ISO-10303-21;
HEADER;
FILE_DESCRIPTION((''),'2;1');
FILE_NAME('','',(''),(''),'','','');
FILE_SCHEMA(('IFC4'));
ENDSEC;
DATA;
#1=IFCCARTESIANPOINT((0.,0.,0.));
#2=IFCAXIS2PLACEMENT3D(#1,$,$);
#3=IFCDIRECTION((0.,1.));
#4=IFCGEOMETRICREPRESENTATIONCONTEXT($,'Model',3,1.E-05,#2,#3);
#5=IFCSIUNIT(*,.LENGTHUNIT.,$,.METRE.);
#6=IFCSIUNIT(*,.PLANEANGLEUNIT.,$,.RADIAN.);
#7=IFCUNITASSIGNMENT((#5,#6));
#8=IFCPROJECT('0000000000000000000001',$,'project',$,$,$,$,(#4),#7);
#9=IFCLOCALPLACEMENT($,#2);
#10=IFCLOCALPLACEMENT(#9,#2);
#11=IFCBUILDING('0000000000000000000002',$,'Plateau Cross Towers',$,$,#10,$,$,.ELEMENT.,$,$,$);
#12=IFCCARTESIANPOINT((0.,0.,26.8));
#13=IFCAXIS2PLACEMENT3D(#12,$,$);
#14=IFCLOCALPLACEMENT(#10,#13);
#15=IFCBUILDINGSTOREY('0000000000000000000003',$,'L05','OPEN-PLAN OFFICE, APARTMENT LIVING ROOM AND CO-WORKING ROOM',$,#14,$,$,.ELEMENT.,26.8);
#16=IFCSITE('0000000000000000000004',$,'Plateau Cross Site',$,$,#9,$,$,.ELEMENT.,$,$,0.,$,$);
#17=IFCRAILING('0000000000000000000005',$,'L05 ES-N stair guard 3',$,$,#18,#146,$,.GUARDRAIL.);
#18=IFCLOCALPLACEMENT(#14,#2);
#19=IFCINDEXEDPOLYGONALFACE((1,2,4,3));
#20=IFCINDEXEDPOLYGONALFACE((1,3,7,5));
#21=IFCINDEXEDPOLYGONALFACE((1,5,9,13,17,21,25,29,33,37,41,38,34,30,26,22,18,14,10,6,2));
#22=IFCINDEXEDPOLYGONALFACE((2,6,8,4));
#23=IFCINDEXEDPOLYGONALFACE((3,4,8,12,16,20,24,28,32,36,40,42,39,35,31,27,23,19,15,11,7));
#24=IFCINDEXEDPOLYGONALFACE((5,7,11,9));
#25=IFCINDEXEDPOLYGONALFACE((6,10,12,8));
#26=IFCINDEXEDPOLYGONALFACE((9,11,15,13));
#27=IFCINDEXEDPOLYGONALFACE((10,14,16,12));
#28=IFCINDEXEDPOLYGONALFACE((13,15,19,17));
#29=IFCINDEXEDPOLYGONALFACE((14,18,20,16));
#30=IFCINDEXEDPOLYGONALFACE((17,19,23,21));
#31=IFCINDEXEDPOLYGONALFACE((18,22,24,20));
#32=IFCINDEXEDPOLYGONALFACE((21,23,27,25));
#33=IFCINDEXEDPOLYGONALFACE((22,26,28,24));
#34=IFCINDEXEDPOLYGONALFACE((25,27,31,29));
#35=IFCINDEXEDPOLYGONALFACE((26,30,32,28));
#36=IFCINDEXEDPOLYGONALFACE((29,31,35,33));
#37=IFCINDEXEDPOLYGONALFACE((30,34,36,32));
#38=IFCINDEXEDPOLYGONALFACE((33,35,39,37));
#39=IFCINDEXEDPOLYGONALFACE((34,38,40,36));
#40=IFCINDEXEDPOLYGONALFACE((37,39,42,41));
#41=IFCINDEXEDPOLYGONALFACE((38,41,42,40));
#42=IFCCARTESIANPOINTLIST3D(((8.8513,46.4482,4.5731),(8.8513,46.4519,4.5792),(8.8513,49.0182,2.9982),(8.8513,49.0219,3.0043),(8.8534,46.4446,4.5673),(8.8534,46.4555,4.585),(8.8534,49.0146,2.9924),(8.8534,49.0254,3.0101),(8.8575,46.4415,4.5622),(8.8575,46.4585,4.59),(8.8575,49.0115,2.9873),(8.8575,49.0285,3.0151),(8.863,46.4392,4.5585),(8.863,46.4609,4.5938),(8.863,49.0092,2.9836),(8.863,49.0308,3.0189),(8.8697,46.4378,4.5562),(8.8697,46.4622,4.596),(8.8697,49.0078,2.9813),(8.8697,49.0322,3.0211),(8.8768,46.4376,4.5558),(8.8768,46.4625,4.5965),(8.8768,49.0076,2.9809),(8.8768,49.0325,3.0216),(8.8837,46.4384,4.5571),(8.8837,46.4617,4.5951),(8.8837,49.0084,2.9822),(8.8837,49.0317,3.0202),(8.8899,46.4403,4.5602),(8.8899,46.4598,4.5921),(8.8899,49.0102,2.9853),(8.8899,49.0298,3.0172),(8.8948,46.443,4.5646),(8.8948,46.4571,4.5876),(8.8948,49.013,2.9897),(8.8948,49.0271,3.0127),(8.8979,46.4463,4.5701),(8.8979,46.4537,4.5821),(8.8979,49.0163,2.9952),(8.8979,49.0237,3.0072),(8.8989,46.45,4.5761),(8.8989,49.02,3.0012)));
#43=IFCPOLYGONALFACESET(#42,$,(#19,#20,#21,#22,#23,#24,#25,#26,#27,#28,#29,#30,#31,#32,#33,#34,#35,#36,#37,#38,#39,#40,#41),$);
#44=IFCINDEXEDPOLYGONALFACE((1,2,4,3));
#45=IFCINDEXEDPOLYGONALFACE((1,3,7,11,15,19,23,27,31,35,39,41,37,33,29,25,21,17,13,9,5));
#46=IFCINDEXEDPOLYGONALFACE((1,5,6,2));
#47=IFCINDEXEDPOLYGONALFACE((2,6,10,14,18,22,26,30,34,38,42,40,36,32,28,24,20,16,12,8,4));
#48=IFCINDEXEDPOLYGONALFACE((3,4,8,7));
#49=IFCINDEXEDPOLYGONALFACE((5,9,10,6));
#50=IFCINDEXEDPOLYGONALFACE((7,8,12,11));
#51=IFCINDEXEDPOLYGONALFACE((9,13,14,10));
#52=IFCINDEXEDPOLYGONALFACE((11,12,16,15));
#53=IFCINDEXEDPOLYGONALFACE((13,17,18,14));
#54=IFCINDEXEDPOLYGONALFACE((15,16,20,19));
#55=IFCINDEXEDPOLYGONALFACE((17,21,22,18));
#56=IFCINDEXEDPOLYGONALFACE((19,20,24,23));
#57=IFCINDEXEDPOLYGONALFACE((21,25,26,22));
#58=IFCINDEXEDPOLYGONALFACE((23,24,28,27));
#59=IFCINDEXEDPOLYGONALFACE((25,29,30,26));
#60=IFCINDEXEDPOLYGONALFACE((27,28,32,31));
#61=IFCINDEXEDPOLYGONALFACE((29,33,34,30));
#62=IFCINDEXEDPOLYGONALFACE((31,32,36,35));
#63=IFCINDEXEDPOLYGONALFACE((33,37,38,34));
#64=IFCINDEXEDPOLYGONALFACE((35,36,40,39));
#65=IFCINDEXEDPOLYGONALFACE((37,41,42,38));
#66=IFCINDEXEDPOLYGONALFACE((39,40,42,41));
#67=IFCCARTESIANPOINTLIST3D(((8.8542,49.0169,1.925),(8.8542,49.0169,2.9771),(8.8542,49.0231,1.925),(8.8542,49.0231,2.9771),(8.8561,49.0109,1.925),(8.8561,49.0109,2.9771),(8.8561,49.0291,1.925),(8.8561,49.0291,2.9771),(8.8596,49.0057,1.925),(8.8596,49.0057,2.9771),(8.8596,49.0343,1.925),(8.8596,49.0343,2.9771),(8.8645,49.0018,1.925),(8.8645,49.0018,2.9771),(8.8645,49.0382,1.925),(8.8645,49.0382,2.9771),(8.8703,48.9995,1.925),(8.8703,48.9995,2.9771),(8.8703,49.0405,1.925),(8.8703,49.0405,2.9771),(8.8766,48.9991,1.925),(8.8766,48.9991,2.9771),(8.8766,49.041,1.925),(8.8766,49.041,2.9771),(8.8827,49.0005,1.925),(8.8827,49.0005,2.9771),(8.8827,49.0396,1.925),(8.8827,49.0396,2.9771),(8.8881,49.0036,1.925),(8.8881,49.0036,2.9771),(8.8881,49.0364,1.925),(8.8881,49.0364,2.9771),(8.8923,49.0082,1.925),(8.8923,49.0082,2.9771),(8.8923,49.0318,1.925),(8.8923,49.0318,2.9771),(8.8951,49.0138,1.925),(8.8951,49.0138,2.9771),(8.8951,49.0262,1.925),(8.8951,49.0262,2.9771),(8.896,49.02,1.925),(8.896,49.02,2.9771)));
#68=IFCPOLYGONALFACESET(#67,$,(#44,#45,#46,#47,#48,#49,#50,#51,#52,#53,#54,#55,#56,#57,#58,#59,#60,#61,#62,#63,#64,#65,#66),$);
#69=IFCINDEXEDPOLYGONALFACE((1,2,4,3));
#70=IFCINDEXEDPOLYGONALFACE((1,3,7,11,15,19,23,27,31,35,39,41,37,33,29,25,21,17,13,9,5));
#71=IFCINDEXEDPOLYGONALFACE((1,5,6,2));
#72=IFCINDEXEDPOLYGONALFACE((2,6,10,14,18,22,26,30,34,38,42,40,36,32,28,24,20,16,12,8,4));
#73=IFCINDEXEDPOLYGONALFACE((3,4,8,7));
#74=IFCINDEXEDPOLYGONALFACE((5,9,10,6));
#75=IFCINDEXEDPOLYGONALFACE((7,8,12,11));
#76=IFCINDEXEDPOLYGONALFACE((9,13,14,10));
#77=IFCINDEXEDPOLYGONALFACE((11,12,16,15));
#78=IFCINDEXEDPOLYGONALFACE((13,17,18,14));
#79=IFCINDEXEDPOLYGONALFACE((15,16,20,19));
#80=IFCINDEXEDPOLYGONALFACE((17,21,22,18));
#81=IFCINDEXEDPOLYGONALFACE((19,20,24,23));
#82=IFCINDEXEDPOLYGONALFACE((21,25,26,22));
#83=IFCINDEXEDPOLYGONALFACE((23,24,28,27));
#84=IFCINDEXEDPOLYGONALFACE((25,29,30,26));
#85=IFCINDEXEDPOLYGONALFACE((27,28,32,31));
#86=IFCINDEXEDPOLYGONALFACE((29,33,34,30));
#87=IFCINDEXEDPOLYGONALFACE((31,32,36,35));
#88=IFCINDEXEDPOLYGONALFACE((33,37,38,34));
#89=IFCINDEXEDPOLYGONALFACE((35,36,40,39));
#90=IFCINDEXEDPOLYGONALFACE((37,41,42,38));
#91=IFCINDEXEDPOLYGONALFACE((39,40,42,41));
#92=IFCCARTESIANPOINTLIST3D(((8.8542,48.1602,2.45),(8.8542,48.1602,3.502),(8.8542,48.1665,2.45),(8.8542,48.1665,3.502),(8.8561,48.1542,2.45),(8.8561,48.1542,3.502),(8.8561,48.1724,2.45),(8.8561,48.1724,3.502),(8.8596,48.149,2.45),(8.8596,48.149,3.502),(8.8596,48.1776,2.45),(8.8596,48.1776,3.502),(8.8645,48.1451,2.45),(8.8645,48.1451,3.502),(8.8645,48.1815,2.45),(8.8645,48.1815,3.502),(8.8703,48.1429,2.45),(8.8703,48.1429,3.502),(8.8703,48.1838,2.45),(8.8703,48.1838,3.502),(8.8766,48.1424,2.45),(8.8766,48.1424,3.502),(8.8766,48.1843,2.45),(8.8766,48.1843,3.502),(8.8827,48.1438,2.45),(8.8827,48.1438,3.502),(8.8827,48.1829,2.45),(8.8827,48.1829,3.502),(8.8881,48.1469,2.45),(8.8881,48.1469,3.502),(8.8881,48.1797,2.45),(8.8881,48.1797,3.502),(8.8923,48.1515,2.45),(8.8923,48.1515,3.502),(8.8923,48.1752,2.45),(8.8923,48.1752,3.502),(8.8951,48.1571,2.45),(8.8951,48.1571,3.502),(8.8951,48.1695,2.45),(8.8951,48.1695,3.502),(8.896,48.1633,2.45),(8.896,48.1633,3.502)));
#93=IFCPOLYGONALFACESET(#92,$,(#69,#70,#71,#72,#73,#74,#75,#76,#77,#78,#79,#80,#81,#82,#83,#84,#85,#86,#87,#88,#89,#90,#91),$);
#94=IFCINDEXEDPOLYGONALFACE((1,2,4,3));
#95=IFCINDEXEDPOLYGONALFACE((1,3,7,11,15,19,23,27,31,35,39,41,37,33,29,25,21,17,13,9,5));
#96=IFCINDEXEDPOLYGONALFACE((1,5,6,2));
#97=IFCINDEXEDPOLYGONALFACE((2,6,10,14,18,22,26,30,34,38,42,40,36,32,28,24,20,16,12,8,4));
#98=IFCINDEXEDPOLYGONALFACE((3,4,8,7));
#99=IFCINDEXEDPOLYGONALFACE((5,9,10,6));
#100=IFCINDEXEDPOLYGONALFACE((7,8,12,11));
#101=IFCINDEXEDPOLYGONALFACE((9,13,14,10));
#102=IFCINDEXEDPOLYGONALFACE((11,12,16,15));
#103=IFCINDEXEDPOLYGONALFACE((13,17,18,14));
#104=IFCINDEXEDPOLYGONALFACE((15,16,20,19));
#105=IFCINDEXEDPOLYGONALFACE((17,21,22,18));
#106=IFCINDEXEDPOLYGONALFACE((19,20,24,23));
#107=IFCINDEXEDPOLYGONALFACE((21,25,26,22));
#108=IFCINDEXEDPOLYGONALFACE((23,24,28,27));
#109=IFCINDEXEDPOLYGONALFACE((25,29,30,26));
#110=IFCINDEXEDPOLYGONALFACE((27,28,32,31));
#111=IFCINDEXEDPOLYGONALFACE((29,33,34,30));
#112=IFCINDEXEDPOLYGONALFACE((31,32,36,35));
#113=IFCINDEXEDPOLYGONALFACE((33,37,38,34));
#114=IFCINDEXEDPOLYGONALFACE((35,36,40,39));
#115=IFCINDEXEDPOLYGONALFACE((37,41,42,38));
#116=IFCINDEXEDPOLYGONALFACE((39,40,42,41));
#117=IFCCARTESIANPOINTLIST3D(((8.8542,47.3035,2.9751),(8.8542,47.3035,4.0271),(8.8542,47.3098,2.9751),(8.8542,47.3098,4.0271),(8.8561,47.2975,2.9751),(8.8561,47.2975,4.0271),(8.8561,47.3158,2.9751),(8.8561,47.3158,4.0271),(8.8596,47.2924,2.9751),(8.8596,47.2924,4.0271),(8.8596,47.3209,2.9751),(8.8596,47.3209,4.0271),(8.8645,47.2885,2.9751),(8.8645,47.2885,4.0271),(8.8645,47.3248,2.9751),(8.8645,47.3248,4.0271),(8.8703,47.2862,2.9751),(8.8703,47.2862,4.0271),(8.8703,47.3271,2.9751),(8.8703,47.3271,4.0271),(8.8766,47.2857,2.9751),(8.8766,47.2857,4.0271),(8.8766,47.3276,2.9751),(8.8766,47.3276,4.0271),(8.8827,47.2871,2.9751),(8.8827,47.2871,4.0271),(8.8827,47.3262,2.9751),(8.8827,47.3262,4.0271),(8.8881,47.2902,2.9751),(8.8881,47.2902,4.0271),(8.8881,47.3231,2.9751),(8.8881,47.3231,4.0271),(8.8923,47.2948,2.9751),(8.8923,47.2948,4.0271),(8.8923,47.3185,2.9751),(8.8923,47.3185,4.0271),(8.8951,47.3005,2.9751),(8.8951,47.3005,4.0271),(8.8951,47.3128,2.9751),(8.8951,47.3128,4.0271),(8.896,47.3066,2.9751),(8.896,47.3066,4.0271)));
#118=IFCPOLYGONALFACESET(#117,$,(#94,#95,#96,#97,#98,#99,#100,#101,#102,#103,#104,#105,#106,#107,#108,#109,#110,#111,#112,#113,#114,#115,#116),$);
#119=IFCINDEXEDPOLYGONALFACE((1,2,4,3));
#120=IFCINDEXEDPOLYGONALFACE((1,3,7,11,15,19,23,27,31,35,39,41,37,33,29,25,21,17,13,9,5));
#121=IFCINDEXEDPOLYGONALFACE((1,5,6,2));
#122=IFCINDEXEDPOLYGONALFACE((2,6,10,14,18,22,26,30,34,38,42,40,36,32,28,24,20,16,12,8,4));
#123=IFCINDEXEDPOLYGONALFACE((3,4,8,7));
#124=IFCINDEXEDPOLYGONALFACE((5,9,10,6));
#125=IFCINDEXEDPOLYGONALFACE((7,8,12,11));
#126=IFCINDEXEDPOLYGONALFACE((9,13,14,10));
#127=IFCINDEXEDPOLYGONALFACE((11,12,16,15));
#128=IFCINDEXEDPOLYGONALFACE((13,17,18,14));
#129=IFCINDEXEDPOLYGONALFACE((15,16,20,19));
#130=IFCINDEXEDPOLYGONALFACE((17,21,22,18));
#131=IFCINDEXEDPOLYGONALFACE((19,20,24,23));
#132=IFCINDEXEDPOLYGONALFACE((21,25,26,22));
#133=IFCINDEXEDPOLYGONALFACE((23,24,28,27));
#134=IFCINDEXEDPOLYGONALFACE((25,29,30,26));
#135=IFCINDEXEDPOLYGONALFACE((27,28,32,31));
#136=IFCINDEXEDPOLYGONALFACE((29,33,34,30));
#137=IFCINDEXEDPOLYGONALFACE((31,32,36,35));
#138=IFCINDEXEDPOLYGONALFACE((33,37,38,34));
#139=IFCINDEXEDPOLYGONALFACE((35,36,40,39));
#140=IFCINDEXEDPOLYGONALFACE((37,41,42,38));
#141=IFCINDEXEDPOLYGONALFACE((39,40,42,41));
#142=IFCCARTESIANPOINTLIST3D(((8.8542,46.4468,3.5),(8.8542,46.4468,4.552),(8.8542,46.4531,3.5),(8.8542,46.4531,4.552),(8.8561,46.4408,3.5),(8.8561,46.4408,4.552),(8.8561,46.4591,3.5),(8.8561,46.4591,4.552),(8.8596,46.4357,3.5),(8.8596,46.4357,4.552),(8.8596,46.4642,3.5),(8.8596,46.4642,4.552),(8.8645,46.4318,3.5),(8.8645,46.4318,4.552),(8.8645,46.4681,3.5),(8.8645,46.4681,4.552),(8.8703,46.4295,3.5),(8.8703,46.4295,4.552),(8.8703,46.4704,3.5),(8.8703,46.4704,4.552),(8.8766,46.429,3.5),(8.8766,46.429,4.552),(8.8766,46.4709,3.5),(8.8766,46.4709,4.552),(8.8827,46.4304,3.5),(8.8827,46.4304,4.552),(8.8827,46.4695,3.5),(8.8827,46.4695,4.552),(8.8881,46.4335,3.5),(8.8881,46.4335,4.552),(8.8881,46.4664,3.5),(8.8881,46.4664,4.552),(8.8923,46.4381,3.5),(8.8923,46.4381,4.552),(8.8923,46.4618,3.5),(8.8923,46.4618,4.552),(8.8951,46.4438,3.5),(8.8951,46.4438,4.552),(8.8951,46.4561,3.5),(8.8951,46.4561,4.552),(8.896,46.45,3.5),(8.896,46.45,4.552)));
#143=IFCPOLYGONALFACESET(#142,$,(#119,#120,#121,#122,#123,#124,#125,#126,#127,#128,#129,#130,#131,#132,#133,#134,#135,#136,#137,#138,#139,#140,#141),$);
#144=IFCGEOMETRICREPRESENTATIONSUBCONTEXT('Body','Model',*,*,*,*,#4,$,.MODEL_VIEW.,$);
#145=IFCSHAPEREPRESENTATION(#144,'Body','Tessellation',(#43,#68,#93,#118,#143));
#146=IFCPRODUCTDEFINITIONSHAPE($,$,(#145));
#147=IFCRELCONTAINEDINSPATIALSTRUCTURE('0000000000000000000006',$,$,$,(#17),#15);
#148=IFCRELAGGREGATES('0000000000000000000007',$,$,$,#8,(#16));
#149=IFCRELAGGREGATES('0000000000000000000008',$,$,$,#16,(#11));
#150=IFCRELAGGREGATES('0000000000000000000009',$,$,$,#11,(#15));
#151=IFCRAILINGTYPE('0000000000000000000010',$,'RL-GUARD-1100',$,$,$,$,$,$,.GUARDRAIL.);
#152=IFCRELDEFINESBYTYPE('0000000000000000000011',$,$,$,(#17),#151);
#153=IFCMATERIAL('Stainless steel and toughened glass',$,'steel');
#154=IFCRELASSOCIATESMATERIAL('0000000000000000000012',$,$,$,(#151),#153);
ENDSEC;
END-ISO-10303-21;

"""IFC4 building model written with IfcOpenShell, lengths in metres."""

from ifc_helpers import new_model, si_unit, direction, frame, origin, origin_2d, place, context, subcontext, project, spatial, circle, extrude, material, type_object, element, save


model = new_model("IFC4")

# Units and contexts
model_context = context("Model", 3, precision=1e-05, world=origin(), true_north=direction((0.0, 1.0)))
body_context = subcontext(model_context, "Body", "Model", "MODEL_VIEW")
ifc_project = project(units=[si_unit("LENGTHUNIT", "METRE"), si_unit("PLANEANGLEUNIT", "RADIAN")], contexts=[model_context])

# Site, building, storey
site_placement = place(None, origin())
site = spatial("IfcSite", under=ifc_project, at=site_placement, Name="Plateau Cross Site", CompositionType="ELEMENT", RefElevation=0.0)
building_placement = place(site_placement, origin())
building = spatial("IfcBuilding", under=site, at=building_placement, Name="Plateau Cross Towers", CompositionType="ELEMENT")
storey_placement = place(building_placement, frame((0.0, 0.0, 26.8)))
storey = spatial("IfcBuildingStorey", under=building, at=storey_placement, Name="L05", Description="OPEN-PLAN OFFICE, APARTMENT LIVING ROOM AND CO-WORKING ROOM", CompositionType="ELEMENT", Elevation=26.8)

# Railing
ifc_material_1 = material(Name="Stainless steel and toughened glass", Category="steel")
railing_type_1 = type_object("IfcRailingType", Name="RL-GUARD-1100", PredefinedType="GUARDRAIL", material=ifc_material_1)
railing_1_placement = place(storey_placement, frame((8.875, 49.02, 1.925)))
element("IfcRailing", 1, at=railing_1_placement, inside=storey, type_object=railing_type_1, Name="L05 ES-N stair guard 3", PredefinedType="GUARDRAIL", context=body_context, shape_type="SweptSolid", body=[
    extrude(circle(Radius=0.0239, at=origin_2d()), frame((0.0, 0.0, 1.0762), z_axis=(0.0, -0.852639, 0.522501), x_axis=(1.0, 0.0, 0.0)), (0.0, 0.0, 1.0), 3.0142),
    extrude(circle(Radius=0.021, at=origin_2d()), origin(), (0.0, 0.0, 1.0), 1.052),
    extrude(circle(Radius=0.021, at=origin_2d()), frame((0.0, -0.8567, 0.5249)), (0.0, 0.0, 1.0), 1.052),
    extrude(circle(Radius=0.021, at=origin_2d()), frame((0.0, -1.7134, 1.05)), (0.0, 0.0, 1.0), 1.052),
    extrude(circle(Radius=0.021, at=origin_2d()), frame((0.0, -2.5701, 1.575)), (0.0, 0.0, 1.0), 1.052),
])

save(model, "model.ifc")
